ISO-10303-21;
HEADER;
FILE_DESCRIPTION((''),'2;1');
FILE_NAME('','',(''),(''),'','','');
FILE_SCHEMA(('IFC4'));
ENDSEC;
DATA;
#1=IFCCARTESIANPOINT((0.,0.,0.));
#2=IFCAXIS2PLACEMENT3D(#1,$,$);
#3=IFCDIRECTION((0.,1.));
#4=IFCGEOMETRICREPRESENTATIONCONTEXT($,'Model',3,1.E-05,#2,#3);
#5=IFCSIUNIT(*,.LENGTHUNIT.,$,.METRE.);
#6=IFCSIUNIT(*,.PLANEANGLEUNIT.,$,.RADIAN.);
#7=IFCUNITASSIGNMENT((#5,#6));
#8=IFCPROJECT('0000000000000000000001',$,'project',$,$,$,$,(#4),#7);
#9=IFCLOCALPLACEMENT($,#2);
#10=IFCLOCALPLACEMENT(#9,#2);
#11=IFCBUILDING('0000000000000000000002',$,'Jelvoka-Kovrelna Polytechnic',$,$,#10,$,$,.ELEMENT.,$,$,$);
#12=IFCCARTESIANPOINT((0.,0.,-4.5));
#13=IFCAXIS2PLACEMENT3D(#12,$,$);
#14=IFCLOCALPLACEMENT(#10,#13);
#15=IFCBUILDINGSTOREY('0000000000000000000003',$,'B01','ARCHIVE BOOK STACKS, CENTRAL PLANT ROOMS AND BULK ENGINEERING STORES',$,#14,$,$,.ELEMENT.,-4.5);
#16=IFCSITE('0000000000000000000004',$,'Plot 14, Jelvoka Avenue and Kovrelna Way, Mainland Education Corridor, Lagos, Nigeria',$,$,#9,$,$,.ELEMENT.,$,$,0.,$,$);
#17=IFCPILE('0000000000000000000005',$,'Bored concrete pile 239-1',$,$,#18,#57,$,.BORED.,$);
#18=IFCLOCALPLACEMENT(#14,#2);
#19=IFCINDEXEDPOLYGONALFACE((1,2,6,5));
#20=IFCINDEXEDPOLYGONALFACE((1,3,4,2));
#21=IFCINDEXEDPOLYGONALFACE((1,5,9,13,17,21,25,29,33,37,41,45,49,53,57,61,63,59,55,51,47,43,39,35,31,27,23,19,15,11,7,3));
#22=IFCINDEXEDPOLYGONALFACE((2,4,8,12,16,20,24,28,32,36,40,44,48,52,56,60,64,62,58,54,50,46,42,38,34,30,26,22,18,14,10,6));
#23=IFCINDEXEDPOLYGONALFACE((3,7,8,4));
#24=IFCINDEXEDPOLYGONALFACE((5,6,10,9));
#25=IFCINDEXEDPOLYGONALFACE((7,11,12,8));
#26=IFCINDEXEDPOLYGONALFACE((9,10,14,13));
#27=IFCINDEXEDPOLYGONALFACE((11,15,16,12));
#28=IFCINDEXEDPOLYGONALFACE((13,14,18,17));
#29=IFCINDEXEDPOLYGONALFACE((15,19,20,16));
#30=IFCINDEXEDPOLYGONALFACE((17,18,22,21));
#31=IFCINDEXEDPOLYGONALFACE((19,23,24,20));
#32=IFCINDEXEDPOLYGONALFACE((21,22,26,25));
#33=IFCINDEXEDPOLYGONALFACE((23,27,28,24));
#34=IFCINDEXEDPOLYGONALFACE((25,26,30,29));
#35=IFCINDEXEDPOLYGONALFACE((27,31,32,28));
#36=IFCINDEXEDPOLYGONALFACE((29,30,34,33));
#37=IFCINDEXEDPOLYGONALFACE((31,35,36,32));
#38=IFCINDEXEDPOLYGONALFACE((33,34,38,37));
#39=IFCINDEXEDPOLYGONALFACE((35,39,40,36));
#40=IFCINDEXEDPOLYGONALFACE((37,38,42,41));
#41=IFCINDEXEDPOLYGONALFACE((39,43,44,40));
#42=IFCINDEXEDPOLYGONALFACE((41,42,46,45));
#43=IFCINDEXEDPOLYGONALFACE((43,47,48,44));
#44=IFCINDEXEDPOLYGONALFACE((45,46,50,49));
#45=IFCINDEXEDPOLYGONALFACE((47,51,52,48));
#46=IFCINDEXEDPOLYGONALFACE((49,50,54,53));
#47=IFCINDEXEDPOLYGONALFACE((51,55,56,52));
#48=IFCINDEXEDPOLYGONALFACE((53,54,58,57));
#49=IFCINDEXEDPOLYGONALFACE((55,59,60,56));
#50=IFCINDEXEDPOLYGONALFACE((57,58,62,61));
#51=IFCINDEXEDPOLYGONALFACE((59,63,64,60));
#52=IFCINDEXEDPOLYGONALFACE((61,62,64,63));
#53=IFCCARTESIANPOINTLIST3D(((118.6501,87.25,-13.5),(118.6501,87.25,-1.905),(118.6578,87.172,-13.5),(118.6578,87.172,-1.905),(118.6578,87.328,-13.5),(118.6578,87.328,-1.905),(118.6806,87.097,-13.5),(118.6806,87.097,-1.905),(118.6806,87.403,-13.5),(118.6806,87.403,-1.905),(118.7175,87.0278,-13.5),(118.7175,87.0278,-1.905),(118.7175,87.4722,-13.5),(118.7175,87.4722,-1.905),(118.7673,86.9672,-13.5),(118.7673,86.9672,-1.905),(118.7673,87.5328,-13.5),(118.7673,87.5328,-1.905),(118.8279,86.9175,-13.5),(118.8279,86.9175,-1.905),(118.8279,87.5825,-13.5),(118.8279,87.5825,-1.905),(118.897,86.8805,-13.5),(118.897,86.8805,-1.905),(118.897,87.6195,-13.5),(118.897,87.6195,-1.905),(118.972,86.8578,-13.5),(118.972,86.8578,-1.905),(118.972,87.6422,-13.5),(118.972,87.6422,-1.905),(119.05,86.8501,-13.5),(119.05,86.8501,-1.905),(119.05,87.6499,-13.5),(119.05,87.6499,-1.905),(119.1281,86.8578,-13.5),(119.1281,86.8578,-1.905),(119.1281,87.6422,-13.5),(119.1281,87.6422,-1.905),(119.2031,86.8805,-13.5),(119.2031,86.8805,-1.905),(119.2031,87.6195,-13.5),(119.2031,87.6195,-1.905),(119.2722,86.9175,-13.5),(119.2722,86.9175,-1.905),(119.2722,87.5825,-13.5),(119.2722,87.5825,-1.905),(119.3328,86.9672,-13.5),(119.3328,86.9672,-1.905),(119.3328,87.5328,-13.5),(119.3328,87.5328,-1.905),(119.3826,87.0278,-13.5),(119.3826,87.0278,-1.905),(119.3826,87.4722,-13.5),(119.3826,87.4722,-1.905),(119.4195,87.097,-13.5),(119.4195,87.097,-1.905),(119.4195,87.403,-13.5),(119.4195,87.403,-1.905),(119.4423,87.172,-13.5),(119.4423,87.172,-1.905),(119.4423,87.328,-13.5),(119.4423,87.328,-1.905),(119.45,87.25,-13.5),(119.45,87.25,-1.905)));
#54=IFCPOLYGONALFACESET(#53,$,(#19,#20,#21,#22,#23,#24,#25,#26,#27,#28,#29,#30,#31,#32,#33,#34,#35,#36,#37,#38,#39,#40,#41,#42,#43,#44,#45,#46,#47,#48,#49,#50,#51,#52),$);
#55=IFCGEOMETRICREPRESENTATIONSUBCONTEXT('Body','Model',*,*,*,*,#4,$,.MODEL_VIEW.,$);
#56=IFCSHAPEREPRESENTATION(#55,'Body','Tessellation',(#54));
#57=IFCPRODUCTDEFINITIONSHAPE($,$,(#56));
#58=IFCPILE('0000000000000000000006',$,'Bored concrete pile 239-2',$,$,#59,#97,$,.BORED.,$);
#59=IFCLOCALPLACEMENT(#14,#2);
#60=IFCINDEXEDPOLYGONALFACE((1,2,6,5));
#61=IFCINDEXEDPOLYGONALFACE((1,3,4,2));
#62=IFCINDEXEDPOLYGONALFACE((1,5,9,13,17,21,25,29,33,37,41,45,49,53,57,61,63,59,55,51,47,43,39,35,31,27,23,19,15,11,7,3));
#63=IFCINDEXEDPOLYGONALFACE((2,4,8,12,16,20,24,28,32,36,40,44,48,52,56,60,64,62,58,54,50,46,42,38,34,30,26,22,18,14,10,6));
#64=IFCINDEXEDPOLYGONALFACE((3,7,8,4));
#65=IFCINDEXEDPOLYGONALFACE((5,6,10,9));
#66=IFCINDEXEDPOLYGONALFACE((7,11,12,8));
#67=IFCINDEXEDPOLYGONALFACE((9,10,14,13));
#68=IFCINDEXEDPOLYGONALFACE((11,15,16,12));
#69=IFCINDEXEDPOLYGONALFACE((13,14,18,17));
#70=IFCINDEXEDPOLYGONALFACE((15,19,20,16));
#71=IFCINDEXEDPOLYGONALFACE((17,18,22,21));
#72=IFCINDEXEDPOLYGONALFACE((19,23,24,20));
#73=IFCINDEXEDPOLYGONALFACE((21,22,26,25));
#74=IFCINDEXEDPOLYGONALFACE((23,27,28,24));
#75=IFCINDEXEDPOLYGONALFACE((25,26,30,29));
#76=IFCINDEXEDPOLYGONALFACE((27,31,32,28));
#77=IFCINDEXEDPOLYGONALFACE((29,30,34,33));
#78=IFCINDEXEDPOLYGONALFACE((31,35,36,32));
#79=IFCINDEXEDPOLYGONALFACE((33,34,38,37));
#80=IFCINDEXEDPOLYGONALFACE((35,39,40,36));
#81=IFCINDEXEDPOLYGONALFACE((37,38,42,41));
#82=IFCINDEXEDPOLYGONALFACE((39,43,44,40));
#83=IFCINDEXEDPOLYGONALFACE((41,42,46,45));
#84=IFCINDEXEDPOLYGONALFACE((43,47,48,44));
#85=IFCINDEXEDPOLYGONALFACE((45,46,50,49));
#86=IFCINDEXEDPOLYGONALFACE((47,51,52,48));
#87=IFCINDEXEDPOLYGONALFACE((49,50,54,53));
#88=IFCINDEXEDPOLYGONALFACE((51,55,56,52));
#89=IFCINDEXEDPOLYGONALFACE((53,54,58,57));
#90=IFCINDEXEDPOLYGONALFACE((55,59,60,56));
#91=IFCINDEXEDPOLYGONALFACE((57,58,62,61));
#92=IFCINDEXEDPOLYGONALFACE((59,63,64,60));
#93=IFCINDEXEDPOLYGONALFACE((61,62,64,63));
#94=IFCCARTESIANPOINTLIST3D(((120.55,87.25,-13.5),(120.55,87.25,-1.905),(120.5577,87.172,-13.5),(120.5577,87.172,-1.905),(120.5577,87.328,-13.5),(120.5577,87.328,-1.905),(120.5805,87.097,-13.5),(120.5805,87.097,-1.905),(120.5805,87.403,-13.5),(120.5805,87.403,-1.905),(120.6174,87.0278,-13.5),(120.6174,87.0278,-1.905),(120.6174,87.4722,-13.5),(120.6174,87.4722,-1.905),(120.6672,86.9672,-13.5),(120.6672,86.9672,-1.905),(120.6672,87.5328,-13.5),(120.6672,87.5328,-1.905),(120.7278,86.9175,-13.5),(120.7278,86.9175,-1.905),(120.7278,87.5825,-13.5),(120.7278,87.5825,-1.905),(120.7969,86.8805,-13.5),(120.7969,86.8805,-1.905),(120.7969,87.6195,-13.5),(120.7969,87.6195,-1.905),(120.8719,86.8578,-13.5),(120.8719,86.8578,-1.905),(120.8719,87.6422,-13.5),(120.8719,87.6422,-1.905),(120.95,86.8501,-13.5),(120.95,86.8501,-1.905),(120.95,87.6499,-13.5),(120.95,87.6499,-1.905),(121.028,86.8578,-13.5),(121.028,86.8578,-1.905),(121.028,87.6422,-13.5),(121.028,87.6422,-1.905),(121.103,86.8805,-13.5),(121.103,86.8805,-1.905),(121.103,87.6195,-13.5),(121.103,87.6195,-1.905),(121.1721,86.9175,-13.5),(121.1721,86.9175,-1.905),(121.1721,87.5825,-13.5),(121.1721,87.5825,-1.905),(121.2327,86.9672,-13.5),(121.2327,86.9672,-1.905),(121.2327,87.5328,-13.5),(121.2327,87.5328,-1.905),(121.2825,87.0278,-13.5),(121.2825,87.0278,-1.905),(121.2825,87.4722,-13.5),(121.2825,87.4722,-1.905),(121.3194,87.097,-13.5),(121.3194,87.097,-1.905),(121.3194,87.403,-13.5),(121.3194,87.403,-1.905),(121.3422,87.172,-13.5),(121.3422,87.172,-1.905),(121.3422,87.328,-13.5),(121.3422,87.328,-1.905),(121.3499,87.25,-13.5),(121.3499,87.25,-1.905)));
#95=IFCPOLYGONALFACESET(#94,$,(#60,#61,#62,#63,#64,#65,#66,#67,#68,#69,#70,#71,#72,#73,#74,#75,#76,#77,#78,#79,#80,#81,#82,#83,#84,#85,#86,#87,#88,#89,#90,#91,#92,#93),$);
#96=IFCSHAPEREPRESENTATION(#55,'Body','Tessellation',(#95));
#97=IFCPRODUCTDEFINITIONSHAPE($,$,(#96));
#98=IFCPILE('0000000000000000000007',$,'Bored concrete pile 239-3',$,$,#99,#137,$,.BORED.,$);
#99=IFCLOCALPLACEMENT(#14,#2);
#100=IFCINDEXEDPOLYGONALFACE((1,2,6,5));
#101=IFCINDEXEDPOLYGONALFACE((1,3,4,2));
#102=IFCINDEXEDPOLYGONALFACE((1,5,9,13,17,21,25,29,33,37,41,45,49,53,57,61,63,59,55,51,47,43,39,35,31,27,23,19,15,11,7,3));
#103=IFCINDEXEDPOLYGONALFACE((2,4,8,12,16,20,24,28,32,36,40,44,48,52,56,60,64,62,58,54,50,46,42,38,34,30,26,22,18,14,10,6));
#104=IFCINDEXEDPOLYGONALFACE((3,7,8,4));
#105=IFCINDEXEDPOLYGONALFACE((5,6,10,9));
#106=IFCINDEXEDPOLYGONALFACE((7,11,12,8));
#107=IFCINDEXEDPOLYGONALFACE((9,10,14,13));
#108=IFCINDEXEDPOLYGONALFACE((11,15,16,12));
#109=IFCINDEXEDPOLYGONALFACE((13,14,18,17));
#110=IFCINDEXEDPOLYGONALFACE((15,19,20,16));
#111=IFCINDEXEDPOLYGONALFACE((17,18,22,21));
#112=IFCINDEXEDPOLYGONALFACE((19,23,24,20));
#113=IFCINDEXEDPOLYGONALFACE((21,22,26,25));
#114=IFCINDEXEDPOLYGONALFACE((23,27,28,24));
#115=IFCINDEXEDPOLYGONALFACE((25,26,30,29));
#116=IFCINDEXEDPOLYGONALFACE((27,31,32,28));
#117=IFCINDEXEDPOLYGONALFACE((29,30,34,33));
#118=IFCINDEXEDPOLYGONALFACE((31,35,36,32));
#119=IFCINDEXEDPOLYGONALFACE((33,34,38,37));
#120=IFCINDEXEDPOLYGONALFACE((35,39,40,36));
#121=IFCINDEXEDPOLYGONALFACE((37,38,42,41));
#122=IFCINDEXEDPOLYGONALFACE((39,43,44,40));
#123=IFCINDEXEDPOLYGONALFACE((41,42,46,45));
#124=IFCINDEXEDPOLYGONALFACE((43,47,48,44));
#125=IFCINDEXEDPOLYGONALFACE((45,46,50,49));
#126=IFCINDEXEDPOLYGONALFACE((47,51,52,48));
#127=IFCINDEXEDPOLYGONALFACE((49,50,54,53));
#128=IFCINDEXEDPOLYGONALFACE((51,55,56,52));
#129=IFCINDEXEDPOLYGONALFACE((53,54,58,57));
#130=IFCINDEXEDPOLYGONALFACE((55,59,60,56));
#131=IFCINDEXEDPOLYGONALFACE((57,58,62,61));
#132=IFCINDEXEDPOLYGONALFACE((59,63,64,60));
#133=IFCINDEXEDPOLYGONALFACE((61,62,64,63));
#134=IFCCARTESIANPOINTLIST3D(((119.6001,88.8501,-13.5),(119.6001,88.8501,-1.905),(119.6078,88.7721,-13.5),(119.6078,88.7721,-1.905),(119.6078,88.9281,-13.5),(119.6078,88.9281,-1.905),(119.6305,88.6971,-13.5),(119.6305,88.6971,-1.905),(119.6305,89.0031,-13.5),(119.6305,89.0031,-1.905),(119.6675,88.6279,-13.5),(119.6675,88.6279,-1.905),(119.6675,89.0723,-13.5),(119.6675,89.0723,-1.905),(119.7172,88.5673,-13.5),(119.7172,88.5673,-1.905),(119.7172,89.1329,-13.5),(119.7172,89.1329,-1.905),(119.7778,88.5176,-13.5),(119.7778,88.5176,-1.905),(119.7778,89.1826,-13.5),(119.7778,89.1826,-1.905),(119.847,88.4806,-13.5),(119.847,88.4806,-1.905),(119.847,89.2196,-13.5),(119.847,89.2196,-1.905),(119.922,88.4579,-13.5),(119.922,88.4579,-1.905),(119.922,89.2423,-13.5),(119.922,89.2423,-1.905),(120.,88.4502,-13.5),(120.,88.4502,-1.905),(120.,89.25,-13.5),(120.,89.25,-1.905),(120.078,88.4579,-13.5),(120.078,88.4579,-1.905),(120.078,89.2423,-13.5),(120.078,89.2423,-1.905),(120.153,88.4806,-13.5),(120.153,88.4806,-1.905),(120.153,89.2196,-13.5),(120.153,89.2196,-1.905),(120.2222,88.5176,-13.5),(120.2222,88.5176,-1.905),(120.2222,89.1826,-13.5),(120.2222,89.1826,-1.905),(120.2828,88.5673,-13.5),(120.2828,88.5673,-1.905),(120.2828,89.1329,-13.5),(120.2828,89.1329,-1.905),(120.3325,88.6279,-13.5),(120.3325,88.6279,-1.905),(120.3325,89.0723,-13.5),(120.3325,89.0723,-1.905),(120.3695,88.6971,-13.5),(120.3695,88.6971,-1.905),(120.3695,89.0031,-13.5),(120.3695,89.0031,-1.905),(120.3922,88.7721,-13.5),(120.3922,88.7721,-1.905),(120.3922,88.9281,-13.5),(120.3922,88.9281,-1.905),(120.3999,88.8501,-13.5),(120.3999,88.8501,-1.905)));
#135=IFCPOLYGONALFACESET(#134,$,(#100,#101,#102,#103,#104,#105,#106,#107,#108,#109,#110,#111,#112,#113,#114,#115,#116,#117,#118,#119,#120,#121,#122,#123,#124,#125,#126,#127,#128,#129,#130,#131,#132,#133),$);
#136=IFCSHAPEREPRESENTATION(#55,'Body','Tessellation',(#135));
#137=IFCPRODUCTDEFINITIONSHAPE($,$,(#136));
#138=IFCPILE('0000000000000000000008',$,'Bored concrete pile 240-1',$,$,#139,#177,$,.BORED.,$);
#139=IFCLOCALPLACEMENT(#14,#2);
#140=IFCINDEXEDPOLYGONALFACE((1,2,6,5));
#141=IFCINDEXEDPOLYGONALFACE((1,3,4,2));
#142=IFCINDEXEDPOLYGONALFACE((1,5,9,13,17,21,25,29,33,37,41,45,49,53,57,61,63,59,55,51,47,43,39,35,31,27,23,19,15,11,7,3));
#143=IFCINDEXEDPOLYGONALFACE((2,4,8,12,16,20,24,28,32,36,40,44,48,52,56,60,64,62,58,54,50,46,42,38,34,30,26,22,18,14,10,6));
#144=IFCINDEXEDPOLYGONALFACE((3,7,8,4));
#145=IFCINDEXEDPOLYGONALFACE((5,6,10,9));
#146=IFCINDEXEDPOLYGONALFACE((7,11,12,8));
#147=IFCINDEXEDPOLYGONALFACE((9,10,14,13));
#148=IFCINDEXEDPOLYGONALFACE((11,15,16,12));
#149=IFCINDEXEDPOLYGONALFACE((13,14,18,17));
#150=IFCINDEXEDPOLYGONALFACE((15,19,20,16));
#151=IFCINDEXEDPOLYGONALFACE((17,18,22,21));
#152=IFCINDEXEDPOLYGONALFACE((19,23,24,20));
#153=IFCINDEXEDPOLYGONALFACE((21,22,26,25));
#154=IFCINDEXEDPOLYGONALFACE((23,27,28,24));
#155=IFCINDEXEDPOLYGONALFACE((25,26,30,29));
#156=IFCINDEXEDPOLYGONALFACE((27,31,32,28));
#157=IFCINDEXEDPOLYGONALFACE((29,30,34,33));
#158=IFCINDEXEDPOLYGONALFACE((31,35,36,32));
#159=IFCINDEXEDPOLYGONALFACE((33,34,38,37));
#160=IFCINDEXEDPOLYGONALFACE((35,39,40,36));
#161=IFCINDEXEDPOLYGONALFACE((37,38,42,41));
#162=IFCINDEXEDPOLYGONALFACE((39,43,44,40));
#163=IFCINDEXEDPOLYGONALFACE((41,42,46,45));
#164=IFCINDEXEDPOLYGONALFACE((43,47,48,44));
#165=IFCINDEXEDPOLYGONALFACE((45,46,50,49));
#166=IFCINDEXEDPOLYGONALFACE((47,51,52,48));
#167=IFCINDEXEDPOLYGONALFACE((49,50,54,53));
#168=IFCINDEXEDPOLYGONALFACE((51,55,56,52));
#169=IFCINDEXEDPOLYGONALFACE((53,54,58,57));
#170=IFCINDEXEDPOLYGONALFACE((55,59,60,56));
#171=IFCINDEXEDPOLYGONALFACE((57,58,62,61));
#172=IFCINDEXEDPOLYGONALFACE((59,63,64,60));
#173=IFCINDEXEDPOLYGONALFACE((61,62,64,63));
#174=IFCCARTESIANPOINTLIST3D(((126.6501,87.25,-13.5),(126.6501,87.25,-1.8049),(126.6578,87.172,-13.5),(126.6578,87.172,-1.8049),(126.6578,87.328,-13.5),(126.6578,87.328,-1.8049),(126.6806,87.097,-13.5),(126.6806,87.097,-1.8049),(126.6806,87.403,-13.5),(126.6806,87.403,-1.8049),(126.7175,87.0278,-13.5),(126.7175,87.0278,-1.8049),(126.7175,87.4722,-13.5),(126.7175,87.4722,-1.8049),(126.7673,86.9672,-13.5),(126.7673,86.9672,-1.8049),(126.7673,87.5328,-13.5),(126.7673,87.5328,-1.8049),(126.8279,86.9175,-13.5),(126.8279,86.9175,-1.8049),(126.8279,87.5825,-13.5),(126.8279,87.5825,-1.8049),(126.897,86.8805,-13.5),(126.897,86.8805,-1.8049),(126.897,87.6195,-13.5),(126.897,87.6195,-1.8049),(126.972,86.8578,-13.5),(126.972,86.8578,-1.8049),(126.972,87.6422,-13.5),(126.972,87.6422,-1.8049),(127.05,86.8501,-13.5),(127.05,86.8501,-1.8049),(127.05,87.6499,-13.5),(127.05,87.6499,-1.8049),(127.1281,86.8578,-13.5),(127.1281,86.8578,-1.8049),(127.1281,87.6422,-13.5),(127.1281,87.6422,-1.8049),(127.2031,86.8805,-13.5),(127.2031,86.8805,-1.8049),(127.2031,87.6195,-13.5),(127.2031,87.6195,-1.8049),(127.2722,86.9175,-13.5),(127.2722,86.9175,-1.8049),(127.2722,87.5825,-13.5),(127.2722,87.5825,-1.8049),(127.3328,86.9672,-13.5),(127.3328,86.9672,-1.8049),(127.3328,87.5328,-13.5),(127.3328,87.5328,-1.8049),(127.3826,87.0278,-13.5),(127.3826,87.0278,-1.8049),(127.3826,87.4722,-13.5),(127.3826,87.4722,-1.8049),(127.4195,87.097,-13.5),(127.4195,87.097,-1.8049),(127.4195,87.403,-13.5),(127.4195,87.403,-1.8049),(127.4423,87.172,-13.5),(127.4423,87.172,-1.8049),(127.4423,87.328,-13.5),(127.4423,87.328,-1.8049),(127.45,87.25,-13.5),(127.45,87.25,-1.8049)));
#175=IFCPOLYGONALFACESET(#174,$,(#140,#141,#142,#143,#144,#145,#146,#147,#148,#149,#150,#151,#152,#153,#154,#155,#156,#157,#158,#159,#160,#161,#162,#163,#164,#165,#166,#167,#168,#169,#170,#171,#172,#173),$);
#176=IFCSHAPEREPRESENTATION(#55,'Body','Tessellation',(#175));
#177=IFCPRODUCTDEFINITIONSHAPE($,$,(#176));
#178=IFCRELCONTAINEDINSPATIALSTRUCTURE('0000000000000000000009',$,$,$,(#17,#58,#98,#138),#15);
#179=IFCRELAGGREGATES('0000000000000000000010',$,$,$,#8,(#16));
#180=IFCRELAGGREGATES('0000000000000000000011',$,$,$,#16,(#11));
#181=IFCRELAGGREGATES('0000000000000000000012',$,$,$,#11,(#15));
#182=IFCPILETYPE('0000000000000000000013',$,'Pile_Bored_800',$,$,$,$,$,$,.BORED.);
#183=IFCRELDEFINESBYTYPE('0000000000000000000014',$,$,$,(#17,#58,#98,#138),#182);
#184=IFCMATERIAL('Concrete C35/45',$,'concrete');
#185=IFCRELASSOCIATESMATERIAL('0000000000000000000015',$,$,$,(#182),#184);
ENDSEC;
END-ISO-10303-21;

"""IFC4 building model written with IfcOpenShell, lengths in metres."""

from ifc_helpers import new_model, si_unit, direction, frame, origin, origin_2d, place, context, subcontext, project, spatial, circle, extrude, material, material_profile, profile_set, type_object, element, save


model = new_model("IFC4")

# Units and contexts
model_context = context("Model", 3, precision=1e-05, world=origin(), true_north=direction((0.0, 1.0)))
body_context = subcontext(model_context, "Body", "Model", "MODEL_VIEW")
ifc_project = project(units=[si_unit("LENGTHUNIT", "METRE"), si_unit("PLANEANGLEUNIT", "RADIAN")], contexts=[model_context])

# Site, building, storey
site_placement = place(None, origin())
site = spatial("IfcSite", under=ifc_project, at=site_placement, Name="Plot 14, Jelvoka Avenue and Kovrelna Way, Mainland Education Corridor, Lagos, Nigeria", CompositionType="ELEMENT", RefElevation=0.0)
building_placement = place(site_placement, origin())
building = spatial("IfcBuilding", under=site, at=building_placement, Name="Jelvoka-Kovrelna Polytechnic", CompositionType="ELEMENT")
storey_placement = place(building_placement, frame((0.0, 0.0, -4.5)))
storey = spatial("IfcBuildingStorey", under=building, at=storey_placement, Name="B01", Description="ARCHIVE BOOK STACKS, CENTRAL PLANT ROOMS AND BULK ENGINEERING STORES", CompositionType="ELEMENT", Elevation=-4.5)

# Piles
ifc_material_1 = material(Name="Concrete C35/45", Category="concrete")
ifc_material_profile_1 = material_profile(ifc_material_1, circle(Radius=0.3999, at=origin_2d()), Name="PILE D800")
ifc_profile_set_1 = profile_set([ifc_material_profile_1], Name="Concrete C35/45")
pile_type_1 = type_object("IfcPileType", Name="Pile_Bored_800", PredefinedType="BORED", material=ifc_profile_set_1)
for number, where, z_axis, x_axis, name in (
    (1, (119.05, 87.25, -1.905), (0.0, 0.0, -1.0), (1.0, 0.0, 0.0), "Bored concrete pile 239-1"),
    (2, (120.95, 87.25, -1.905), (0.0, 0.0, -1.0), (1.0, 0.0, 0.0), "Bored concrete pile 239-2"),
    (3, (120.0, 88.8501, -1.905), (0.0, 0.0, -1.0), (1.0, 0.0, 0.0), "Bored concrete pile 239-3"),
):
    element("IfcPile", number, at=place(storey_placement, frame(where, z_axis=z_axis, x_axis=x_axis)), inside=storey, type_object=pile_type_1, Name=name, PredefinedType="BORED", context=body_context, shape_type="SweptSolid", body=[
        extrude(circle(Radius=0.3999, at=origin_2d()), origin(), (0.0, 0.0, 1.0), 11.595),
    ])
for number, where, z_axis, x_axis, name in (
    (4, (127.05, 87.25, -1.8049), (0.0, 0.0, -1.0), (1.0, 0.0, 0.0), "Bored concrete pile 240-1"),
):
    element("IfcPile", number, at=place(storey_placement, frame(where, z_axis=z_axis, x_axis=x_axis)), inside=storey, type_object=pile_type_1, Name=name, PredefinedType="BORED", context=body_context, shape_type="SweptSolid", body=[
        extrude(circle(Radius=0.3999, at=origin_2d()), origin(), (0.0, 0.0, 1.0), 11.6951),
    ])

save(model, "model.ifc")
